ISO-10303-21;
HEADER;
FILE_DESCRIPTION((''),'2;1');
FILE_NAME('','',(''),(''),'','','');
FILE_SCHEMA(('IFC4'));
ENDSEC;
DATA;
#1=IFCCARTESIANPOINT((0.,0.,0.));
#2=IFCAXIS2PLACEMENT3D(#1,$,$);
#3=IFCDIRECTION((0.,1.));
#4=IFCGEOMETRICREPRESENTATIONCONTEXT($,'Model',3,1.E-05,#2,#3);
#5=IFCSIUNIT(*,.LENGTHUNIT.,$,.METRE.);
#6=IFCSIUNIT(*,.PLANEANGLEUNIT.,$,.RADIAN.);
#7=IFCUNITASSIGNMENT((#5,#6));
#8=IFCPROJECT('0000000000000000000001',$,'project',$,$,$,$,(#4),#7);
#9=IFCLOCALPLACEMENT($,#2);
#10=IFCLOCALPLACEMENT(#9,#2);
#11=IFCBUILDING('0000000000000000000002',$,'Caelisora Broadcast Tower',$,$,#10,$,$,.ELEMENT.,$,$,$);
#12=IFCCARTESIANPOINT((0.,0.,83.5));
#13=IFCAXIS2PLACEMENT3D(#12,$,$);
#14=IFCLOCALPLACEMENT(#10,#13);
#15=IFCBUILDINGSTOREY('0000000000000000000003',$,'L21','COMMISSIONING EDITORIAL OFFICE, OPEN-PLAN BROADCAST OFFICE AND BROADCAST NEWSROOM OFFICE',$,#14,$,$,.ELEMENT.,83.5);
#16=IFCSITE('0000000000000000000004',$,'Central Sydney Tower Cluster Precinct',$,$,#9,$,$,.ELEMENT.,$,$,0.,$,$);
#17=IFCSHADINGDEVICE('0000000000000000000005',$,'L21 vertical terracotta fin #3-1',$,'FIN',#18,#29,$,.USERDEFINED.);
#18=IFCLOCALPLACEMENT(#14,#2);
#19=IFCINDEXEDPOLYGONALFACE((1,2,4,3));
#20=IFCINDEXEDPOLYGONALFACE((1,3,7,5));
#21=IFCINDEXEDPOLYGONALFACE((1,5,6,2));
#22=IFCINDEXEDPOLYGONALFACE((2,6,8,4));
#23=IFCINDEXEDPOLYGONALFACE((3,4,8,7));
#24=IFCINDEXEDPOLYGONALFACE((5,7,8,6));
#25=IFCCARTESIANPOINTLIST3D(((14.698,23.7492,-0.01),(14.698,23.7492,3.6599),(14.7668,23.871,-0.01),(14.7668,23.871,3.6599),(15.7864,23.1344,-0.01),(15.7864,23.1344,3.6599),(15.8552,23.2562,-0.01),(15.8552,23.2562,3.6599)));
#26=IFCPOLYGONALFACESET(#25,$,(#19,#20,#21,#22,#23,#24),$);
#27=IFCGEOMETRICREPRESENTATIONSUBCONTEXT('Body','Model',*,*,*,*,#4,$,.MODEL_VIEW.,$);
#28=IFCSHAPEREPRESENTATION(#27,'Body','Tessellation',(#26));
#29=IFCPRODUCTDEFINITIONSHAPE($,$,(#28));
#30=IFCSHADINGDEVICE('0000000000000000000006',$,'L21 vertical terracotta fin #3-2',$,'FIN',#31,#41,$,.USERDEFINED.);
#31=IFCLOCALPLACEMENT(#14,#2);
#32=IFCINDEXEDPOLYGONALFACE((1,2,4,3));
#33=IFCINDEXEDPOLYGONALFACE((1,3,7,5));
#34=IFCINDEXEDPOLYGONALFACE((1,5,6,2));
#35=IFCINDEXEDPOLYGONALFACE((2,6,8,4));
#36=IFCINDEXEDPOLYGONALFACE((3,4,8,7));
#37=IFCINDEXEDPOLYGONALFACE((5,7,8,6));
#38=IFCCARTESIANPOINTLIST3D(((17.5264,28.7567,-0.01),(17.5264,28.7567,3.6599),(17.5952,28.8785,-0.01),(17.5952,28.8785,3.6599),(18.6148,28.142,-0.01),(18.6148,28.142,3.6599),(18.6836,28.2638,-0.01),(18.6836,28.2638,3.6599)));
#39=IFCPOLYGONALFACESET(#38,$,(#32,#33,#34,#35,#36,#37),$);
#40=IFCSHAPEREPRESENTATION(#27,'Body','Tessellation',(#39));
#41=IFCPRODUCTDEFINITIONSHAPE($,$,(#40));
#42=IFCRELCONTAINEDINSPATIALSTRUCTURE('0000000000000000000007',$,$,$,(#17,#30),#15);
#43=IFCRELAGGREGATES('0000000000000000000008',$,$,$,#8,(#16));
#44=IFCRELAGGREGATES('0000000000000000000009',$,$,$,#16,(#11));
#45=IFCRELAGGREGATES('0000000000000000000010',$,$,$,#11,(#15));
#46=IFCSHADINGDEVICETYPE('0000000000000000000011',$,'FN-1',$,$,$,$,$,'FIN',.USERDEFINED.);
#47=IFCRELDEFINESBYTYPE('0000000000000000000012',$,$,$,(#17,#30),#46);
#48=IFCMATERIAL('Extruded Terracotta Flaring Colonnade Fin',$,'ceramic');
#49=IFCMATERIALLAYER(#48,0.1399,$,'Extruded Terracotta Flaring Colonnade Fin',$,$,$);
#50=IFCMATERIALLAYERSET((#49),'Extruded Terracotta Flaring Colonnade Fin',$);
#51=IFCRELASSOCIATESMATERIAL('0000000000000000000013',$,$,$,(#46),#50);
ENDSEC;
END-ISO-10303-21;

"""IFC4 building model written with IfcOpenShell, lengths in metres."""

from ifc_helpers import new_model, si_unit, direction, frame, origin, origin_2d, place, context, subcontext, project, spatial, rectangle, extrude, source, transform, mapped, material, layer, layer_set, type_object, type_shapes, element, save


model = new_model("IFC4")

# Units and contexts
model_context = context("Model", 3, precision=1e-05, world=origin(), true_north=direction((0.0, 1.0)))
body_context = subcontext(model_context, "Body", "Model", "MODEL_VIEW")
ifc_project = project(units=[si_unit("LENGTHUNIT", "METRE"), si_unit("PLANEANGLEUNIT", "RADIAN")], contexts=[model_context])

# Site, building, storey
site_placement = place(None, origin())
site = spatial("IfcSite", under=ifc_project, at=site_placement, Name="Central Sydney Tower Cluster Precinct", CompositionType="ELEMENT", RefElevation=0.0)
building_placement = place(site_placement, origin())
building = spatial("IfcBuilding", under=site, at=building_placement, Name="Caelisora Broadcast Tower", CompositionType="ELEMENT")
storey_placement = place(building_placement, frame((0.0, 0.0, 83.5)))
storey = spatial("IfcBuildingStorey", under=building, at=storey_placement, Name="L21", Description="COMMISSIONING EDITORIAL OFFICE, OPEN-PLAN BROADCAST OFFICE AND BROADCAST NEWSROOM OFFICE", CompositionType="ELEMENT", Elevation=83.5)

# Shading devices
ifc_material_1 = material(Name="Extruded Terracotta Flaring Colonnade Fin", Category="ceramic")
ifc_layer_1 = layer(ifc_material_1, 0.1399, Name="Extruded Terracotta Flaring Colonnade Fin")
ifc_layer_set_1 = layer_set([ifc_layer_1], Name="Extruded Terracotta Flaring Colonnade Fin")
shading_device_type = type_object("IfcShadingDeviceType", Name="FN-1", ElementType="FIN", PredefinedType="USERDEFINED", material=ifc_layer_set_1)
shared_shape_1 = source(origin(), body_context, "Body", "SweptSolid", [
    extrude(rectangle(XDim=0.1399, YDim=1.25, at=origin_2d()), origin(), (0.0, 0.0, 1.0), 3.6699),
])
type_shapes(shading_device_type, [shared_shape_1])
for number, where, z_axis, x_axis, name in (
    (1, (15.2766, 23.5027, -0.01), (0.0, 0.0, 1.0), (0.491816, 0.870699, 0.0), "L21 vertical terracotta fin #3-1"),
    (2, (18.105, 28.5103, -0.01), (0.0, 0.0, 1.0), (0.491816, 0.870699, 0.0), "L21 vertical terracotta fin #3-2"),
):
    element("IfcShadingDevice", number, at=place(storey_placement, frame(where, z_axis=z_axis, x_axis=x_axis)), inside=storey, type_object=shading_device_type, Name=name, ObjectType="FIN", PredefinedType="USERDEFINED", context=body_context, shape_type="MappedRepresentation", body=[
        mapped(shared_shape_1, transform((0.0, 0.0, 0.0), scale=1.0)),
    ])

save(model, "model.ifc")
